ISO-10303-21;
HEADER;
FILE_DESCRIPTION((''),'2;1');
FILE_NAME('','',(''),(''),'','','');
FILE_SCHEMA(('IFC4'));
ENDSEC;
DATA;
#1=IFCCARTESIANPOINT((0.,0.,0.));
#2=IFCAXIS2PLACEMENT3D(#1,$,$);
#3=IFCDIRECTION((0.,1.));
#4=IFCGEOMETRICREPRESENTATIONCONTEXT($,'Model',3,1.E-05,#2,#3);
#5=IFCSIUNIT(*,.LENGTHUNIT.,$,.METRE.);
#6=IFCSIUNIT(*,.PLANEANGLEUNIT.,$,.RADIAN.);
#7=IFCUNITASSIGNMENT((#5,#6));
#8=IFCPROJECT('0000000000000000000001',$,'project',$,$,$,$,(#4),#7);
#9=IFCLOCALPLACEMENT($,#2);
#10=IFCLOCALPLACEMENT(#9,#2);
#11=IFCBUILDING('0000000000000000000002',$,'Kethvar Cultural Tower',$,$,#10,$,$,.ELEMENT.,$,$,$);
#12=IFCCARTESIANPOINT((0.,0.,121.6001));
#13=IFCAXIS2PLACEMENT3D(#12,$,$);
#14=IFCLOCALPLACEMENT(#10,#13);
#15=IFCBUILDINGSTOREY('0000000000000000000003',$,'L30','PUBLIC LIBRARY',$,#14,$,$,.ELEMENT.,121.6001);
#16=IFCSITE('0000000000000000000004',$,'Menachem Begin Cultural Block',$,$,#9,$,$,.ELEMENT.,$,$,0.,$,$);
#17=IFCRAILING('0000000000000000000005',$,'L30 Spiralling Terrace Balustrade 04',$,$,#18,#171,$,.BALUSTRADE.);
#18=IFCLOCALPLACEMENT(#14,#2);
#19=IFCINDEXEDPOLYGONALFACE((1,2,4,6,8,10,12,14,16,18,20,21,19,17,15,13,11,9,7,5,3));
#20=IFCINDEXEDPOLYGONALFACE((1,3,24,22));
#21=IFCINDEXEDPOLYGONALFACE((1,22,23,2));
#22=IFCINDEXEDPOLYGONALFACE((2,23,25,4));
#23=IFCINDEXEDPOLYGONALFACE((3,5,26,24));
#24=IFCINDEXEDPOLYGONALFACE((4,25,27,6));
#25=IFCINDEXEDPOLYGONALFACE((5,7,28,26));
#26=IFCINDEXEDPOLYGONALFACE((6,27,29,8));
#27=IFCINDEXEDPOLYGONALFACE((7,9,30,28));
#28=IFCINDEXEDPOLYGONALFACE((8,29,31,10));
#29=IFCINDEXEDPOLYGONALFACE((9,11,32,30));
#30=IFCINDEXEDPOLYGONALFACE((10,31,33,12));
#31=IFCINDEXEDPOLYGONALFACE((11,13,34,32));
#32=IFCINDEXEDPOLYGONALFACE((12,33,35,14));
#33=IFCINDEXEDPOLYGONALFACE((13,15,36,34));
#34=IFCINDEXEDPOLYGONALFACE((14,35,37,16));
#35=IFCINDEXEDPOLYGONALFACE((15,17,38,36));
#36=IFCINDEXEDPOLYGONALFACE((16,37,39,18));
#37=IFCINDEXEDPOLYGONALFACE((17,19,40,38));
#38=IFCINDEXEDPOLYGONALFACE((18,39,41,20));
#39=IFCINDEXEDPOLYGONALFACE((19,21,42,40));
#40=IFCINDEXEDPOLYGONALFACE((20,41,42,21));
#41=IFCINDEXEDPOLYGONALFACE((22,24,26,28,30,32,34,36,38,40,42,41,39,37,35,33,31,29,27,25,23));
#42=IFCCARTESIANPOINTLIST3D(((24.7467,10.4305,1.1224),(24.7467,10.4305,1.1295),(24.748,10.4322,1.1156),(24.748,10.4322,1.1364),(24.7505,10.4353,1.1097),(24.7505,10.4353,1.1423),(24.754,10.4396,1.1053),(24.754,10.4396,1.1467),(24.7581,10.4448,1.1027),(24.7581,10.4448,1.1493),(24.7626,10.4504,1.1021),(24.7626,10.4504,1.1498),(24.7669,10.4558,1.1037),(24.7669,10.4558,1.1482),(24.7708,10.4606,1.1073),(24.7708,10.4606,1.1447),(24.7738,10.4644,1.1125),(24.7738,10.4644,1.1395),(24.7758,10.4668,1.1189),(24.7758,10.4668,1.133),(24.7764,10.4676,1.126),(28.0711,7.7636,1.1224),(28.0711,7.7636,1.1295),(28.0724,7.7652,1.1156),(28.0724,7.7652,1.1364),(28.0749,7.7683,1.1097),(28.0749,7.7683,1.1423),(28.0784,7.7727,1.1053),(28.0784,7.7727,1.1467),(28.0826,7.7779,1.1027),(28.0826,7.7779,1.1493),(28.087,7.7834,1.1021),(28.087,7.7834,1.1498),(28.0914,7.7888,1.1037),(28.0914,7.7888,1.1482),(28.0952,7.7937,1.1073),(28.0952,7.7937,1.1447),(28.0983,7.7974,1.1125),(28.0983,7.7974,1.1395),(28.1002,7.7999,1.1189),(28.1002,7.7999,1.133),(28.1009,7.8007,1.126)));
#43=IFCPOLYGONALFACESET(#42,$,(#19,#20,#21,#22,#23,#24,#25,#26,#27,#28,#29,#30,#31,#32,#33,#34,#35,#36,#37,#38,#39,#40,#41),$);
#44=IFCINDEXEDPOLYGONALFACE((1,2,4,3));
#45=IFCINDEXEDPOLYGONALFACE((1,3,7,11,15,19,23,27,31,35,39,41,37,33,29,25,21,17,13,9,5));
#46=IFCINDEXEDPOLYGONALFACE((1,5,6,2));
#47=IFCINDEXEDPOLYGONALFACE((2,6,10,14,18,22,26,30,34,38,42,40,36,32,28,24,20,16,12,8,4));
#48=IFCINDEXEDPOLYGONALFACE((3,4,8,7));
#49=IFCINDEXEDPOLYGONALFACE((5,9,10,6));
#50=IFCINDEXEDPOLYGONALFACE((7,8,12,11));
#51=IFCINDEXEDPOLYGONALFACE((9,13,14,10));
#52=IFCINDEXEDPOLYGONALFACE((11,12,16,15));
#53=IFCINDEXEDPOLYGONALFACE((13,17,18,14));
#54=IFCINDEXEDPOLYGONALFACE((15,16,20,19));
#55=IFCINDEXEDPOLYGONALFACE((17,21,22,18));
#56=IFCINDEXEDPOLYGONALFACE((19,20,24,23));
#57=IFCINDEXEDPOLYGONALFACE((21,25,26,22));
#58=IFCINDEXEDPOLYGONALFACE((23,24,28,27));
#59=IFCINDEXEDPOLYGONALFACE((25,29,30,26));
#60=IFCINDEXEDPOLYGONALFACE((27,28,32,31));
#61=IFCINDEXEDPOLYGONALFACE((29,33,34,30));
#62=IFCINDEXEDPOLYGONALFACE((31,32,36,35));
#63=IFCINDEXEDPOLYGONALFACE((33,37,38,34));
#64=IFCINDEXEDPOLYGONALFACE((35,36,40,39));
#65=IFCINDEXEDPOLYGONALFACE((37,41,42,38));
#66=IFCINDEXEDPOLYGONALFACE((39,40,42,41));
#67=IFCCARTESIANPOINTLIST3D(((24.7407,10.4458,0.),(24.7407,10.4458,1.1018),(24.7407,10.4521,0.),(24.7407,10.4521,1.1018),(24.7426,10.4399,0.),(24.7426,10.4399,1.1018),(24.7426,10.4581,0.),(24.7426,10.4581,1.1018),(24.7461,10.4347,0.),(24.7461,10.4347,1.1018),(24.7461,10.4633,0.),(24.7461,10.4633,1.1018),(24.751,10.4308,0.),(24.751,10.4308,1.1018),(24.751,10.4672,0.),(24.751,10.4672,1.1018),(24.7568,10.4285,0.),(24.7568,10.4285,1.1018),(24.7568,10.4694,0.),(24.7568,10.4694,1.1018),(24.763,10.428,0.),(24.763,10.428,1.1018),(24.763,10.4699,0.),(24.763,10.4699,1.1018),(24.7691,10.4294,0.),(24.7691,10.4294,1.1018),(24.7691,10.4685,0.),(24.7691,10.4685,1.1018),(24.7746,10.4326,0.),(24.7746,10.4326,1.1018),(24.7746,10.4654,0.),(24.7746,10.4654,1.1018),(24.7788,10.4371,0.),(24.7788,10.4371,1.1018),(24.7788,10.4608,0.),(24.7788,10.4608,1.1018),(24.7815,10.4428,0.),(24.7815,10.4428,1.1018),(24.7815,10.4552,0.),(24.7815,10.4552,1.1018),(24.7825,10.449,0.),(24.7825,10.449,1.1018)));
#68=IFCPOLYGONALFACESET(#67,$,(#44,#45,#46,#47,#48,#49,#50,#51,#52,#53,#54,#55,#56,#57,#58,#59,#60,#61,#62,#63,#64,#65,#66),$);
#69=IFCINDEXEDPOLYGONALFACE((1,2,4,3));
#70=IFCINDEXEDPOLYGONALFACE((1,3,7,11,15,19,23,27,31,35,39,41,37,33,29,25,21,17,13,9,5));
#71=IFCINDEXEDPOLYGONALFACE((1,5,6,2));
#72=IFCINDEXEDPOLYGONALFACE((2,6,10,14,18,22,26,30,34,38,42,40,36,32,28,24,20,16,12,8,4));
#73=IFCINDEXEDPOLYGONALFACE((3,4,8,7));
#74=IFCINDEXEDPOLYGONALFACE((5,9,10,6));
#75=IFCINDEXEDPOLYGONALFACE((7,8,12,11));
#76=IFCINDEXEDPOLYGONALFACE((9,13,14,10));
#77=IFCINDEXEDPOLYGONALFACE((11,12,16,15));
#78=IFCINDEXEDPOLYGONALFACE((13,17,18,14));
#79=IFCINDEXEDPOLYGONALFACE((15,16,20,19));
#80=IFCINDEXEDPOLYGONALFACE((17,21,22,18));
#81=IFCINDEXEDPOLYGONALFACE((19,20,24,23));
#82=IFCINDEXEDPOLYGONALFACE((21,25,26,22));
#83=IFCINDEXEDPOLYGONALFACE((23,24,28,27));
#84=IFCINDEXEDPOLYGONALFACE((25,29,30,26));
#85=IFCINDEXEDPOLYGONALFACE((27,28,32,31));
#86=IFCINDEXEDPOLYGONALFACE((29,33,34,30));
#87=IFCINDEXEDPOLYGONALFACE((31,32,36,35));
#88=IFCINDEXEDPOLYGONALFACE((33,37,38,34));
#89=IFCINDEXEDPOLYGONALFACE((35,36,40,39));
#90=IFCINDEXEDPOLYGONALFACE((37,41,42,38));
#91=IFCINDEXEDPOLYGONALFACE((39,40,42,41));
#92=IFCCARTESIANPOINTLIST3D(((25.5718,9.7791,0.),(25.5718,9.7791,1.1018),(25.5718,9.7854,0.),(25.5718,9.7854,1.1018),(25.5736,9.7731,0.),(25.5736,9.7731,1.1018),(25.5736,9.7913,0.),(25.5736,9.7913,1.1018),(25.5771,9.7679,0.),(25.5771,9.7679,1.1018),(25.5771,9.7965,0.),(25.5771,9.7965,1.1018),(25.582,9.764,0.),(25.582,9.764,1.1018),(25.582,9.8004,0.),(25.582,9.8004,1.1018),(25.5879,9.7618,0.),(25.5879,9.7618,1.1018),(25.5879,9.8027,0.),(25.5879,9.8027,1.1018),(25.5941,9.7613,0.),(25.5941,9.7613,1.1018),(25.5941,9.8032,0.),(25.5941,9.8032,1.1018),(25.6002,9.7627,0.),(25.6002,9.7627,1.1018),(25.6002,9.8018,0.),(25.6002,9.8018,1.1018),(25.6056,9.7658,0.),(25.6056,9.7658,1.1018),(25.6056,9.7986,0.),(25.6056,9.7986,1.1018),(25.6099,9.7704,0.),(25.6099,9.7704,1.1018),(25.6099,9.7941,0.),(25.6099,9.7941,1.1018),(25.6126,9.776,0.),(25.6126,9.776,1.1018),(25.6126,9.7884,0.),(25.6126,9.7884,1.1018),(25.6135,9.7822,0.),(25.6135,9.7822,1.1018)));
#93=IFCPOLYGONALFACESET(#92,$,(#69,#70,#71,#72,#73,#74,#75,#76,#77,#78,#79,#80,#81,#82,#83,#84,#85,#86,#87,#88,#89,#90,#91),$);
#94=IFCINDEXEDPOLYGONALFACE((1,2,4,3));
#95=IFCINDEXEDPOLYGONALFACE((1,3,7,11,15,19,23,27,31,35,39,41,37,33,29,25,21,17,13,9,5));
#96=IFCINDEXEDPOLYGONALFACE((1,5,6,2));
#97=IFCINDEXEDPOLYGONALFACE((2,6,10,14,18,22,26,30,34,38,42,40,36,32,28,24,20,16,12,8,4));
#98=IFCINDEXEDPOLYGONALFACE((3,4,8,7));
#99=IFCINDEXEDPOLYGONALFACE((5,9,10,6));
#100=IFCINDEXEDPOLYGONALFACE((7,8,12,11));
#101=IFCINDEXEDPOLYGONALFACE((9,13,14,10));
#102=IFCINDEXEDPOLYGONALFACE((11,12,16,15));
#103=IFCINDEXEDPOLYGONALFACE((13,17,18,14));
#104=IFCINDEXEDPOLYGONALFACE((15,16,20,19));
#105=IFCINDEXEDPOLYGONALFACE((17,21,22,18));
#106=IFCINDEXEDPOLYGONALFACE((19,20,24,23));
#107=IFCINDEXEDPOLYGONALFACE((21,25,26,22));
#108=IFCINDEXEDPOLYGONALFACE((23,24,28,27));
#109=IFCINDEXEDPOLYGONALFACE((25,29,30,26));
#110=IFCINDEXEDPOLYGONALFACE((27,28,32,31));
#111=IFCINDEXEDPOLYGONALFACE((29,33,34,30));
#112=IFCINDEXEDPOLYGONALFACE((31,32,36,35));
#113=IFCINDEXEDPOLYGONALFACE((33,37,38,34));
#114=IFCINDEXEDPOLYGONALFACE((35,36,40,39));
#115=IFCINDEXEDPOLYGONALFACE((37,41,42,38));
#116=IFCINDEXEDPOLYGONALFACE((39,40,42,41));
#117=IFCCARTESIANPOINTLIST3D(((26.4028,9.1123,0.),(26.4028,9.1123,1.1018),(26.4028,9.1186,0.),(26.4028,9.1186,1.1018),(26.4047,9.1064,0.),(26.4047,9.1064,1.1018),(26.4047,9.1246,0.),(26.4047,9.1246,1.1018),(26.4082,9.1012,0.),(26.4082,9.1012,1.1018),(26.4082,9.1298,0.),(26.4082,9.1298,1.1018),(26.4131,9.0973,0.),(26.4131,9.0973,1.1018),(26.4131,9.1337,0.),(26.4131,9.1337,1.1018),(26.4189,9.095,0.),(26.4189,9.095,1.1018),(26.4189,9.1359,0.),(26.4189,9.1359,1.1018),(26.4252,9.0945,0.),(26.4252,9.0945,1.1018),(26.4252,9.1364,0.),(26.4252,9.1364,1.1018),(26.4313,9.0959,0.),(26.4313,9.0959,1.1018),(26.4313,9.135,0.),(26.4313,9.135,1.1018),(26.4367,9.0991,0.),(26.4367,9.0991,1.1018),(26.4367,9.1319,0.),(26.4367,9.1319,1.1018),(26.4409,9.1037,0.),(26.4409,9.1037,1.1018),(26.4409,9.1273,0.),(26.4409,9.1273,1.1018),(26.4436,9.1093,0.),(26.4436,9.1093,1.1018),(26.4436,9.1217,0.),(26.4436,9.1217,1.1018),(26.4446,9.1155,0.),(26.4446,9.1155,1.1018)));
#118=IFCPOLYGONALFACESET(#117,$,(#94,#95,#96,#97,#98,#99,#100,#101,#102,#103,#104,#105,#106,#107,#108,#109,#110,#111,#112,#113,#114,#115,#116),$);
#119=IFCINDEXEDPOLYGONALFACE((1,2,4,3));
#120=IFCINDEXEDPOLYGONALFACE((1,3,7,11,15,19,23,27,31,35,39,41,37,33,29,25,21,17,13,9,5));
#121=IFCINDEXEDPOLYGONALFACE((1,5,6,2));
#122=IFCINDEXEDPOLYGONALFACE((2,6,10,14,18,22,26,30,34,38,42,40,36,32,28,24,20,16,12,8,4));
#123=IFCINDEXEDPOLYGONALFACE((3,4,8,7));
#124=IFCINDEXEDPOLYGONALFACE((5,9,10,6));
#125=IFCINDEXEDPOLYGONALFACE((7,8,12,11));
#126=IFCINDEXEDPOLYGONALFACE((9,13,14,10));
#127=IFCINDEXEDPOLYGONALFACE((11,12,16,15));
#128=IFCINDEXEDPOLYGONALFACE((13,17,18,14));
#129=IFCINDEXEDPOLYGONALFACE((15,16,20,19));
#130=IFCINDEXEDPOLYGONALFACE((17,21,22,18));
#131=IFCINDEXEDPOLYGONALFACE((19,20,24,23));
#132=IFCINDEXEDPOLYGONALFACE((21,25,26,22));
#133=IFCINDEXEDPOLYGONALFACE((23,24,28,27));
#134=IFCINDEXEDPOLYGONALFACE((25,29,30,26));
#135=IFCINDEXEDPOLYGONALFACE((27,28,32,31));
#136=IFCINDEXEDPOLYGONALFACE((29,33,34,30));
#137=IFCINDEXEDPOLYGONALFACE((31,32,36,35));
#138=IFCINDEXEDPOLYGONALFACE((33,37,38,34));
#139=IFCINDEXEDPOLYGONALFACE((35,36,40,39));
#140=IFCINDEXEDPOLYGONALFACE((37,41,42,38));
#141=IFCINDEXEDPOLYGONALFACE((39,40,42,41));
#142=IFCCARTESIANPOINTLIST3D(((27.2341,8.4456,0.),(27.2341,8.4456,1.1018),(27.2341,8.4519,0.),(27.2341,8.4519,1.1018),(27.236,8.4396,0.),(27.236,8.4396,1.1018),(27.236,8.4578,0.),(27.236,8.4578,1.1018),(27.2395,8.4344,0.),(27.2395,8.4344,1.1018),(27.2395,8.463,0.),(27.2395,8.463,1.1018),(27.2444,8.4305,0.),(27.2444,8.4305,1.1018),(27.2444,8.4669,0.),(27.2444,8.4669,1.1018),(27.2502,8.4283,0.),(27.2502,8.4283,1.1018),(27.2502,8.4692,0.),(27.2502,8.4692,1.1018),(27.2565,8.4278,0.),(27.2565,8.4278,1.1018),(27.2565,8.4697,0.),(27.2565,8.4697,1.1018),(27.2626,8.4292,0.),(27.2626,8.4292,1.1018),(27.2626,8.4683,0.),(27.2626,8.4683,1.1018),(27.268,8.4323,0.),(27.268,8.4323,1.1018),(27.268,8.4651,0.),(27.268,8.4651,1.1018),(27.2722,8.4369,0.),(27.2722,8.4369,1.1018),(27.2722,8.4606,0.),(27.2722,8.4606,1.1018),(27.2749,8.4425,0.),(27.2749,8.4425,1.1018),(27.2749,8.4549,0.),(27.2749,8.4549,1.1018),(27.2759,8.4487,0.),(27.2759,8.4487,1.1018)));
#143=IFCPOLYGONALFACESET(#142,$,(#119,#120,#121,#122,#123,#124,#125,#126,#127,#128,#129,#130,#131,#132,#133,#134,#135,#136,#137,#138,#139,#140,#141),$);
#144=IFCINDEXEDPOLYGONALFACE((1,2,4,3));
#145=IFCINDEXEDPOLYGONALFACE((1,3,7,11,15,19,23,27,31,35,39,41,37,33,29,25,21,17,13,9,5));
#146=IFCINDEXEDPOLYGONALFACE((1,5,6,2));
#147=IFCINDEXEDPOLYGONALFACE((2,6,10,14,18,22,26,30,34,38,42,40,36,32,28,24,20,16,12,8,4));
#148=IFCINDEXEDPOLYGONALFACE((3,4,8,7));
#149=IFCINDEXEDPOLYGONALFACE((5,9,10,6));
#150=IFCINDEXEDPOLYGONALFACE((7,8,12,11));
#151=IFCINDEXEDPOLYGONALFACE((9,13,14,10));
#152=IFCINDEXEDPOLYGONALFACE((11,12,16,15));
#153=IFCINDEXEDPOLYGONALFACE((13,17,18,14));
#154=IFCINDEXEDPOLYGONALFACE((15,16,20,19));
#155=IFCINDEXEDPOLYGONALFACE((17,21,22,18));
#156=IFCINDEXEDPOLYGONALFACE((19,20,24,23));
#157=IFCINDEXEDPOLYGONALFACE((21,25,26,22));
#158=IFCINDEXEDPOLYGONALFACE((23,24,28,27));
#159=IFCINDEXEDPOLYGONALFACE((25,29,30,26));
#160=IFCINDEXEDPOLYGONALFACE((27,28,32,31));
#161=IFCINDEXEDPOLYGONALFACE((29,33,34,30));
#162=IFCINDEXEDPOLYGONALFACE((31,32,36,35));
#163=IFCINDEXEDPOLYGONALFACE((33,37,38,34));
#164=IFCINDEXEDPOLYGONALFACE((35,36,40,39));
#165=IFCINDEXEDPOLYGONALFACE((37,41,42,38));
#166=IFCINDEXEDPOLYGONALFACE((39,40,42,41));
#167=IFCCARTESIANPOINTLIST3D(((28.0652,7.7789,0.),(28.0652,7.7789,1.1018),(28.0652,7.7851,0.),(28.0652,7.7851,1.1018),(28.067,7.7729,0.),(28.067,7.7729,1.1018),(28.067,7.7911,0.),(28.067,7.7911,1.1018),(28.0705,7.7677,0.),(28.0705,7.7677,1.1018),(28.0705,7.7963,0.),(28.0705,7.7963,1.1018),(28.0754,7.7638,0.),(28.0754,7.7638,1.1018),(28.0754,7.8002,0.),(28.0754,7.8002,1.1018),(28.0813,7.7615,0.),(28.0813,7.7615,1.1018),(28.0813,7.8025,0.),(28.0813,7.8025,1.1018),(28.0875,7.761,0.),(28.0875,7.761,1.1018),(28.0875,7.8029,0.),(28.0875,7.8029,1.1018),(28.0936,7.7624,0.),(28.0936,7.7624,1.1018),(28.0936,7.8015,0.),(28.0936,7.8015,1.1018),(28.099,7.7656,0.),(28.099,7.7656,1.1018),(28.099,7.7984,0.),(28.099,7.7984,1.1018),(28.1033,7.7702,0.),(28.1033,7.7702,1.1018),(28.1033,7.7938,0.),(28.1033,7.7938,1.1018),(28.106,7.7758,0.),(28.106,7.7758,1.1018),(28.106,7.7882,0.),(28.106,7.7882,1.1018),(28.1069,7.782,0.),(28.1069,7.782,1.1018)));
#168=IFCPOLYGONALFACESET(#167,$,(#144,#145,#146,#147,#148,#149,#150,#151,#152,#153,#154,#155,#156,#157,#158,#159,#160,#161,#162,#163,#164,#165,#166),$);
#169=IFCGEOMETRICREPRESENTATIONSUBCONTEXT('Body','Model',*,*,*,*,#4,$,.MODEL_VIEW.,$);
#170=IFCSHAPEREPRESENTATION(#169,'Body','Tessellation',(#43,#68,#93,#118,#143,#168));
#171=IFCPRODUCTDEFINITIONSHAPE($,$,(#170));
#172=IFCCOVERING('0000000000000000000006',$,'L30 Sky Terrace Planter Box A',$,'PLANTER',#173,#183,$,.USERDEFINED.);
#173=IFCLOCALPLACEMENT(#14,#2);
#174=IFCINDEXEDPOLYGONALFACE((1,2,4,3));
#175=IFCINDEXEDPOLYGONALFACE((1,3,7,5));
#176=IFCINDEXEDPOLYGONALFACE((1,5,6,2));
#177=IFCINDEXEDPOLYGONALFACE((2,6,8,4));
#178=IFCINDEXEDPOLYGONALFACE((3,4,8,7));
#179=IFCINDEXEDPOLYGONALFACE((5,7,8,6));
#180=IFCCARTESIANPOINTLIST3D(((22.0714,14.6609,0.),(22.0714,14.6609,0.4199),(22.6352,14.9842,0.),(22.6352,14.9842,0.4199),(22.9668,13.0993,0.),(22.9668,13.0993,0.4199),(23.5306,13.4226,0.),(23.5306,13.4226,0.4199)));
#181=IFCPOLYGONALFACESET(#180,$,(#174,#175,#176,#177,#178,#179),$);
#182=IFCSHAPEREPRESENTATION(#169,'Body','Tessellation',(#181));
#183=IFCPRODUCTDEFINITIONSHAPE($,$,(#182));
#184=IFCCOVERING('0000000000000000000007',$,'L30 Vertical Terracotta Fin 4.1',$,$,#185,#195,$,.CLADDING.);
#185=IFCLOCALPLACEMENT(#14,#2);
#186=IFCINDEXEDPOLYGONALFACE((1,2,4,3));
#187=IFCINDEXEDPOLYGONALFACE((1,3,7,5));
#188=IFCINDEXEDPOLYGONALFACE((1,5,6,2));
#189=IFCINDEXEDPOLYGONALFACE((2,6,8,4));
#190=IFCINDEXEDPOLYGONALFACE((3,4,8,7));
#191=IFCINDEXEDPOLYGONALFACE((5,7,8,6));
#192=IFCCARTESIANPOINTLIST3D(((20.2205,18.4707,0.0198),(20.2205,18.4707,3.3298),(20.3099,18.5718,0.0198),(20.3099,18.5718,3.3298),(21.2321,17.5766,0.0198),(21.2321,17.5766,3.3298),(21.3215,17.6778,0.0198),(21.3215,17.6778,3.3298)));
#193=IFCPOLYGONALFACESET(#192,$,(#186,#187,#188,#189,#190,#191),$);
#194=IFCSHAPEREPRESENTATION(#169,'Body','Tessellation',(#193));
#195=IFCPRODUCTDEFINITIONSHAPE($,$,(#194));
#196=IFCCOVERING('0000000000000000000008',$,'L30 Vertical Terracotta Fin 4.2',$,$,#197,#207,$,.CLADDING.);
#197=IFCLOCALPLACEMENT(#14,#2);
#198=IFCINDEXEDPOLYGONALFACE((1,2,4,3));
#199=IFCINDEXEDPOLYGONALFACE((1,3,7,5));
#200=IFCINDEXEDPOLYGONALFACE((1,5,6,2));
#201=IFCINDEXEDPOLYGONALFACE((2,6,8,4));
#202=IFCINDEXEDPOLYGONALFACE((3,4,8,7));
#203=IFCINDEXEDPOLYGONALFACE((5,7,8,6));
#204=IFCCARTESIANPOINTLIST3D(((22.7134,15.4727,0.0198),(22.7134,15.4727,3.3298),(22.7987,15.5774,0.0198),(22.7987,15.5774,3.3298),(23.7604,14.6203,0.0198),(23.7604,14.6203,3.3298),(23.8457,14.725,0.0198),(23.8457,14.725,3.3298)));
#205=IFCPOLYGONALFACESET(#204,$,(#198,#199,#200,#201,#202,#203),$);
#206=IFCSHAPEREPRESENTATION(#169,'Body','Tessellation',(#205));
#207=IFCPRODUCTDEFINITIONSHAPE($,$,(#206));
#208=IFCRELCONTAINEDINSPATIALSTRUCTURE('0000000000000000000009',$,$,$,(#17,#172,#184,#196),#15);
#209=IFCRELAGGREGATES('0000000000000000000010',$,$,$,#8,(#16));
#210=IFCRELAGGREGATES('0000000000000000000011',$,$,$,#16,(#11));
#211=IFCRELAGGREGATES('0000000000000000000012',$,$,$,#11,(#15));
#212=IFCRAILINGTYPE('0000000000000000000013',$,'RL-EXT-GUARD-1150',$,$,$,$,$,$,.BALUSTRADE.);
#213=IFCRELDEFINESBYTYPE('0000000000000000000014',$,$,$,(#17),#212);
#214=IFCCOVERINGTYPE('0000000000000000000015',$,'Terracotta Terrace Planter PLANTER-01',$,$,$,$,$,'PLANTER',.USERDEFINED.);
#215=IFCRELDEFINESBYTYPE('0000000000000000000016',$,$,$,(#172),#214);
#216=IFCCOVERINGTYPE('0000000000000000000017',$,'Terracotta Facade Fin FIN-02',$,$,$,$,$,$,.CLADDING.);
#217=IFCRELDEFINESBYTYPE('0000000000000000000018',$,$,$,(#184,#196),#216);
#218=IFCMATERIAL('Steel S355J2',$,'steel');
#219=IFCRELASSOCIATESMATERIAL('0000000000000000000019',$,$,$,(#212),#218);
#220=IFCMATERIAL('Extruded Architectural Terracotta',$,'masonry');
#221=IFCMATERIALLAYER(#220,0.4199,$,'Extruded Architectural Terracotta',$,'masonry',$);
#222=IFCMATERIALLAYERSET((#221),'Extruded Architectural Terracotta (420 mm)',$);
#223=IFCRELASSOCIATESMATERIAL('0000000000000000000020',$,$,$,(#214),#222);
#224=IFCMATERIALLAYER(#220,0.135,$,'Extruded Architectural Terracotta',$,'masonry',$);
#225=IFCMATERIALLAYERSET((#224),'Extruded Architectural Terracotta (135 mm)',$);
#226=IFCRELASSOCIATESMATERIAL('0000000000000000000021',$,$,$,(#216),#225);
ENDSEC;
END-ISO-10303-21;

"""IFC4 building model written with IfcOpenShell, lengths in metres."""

from ifc_helpers import new_model, si_unit, direction, frame, origin, origin_2d, place, context, subcontext, project, spatial, rectangle, circle, extrude, source, transform, mapped, material, layer, layer_set, type_object, element, save


model = new_model("IFC4")

# Units and contexts
model_context = context("Model", 3, precision=1e-05, world=origin(), true_north=direction((0.0, 1.0)))
body_context = subcontext(model_context, "Body", "Model", "MODEL_VIEW")
ifc_project = project(units=[si_unit("LENGTHUNIT", "METRE"), si_unit("PLANEANGLEUNIT", "RADIAN")], contexts=[model_context])

# Site, building, storey
site_placement = place(None, origin())
site = spatial("IfcSite", under=ifc_project, at=site_placement, Name="Menachem Begin Cultural Block", CompositionType="ELEMENT", RefElevation=0.0)
building_placement = place(site_placement, origin())
building = spatial("IfcBuilding", under=site, at=building_placement, Name="Kethvar Cultural Tower", CompositionType="ELEMENT")
storey_placement = place(building_placement, frame((0.0, 0.0, 121.6001)))
storey = spatial("IfcBuildingStorey", under=building, at=storey_placement, Name="L30", Description="PUBLIC LIBRARY", CompositionType="ELEMENT", Elevation=121.6001)

# Shared definitions
ifc_material_1 = material(Name="Steel S355J2", Category="steel")

# Railing
railing_type = type_object("IfcRailingType", Name="RL-EXT-GUARD-1150", PredefinedType="BALUSTRADE", material=ifc_material_1)
railing_1_placement = place(storey_placement, frame((24.7615, 10.449, 0.0)))
element("IfcRailing", 1, at=railing_1_placement, inside=storey, type_object=railing_type, Name="L30 Spiralling Terrace Balustrade 04", PredefinedType="BALUSTRADE", context=body_context, shape_type="SweptSolid", body=[
    extrude(circle(Radius=0.0239, at=origin_2d()), frame((0.0, 0.0, 1.126), z_axis=(0.780019, -0.625756, 0.0), x_axis=(0.625756, 0.780019, 0.0)), (0.0, 0.0, 1.0), 4.262),
    extrude(circle(Radius=0.021, at=origin_2d()), origin(), (0.0, 0.0, 1.0), 1.1018),
    extrude(circle(Radius=0.021, at=origin_2d()), frame((0.8311, -0.6667, 0.0)), (0.0, 0.0, 1.0), 1.1018),
    extrude(circle(Radius=0.021, at=origin_2d()), frame((1.6621, -1.3335, 0.0)), (0.0, 0.0, 1.0), 1.1018),
    extrude(circle(Radius=0.021, at=origin_2d()), frame((2.4934, -2.0002, 0.0)), (0.0, 0.0, 1.0), 1.1018),
    extrude(circle(Radius=0.021, at=origin_2d()), frame((3.3245, -2.667, 0.0)), (0.0, 0.0, 1.0), 1.1018),
])

# Coverings
ifc_material_2 = material(Name="Extruded Architectural Terracotta", Category="masonry")
ifc_layer_1 = layer(ifc_material_2, 0.4199, Name="Extruded Architectural Terracotta", Category="masonry")
ifc_layer_set_1 = layer_set([ifc_layer_1], Name="Extruded Architectural Terracotta (420 mm)")
covering_type_1 = type_object("IfcCoveringType", Name="Terracotta Terrace Planter PLANTER-01", ElementType="PLANTER", PredefinedType="USERDEFINED", material=ifc_layer_set_1)
shared_shape_1 = source(origin(), body_context, "Body", "SweptSolid", [
    extrude(rectangle(XDim=1.8, YDim=0.6499, at=origin_2d()), origin(), (0.0, 0.0, 1.0), 0.4199),
])
covering_placement = place(storey_placement, frame((22.801, 14.0417, 0.0), z_axis=(0.0, 0.0, 1.0), x_axis=(0.497428, -0.867505, 0.0)))
element("IfcCovering", 2, at=covering_placement, inside=storey, type_object=covering_type_1, Name="L30 Sky Terrace Planter Box A", ObjectType="PLANTER", PredefinedType="USERDEFINED", context=body_context, shape_type="MappedRepresentation", body=[
    mapped(shared_shape_1, transform((0.0, 0.0, 0.0), scale=1.0)),
])
ifc_layer_2 = layer(ifc_material_2, 0.135, Name="Extruded Architectural Terracotta", Category="masonry")
ifc_layer_set_2 = layer_set([ifc_layer_2], Name="Extruded Architectural Terracotta (135 mm)")
covering_type_2 = type_object("IfcCoveringType", Name="Terracotta Facade Fin FIN-02", PredefinedType="CLADDING", material=ifc_layer_set_2)
shared_shape_2 = source(origin(), body_context, "Body", "SweptSolid", [
    extrude(rectangle(XDim=1.3501, YDim=0.135, at=origin_2d()), origin(), (0.0, 0.0, 1.0), 3.3101),
])
for number, where, z_axis, x_axis, name in (
    (3, (20.771, 18.0742, 0.0198), (0.0, 0.0, 1.0), (-0.749303, 0.662228, 0.0), "L30 Vertical Terracotta Fin 4.1"),
    (4, (23.2795, 15.0989, 0.0198), (0.0, 0.0, 1.0), (-0.775496, 0.631353, 0.0), "L30 Vertical Terracotta Fin 4.2"),
):
    element("IfcCovering", number, at=place(storey_placement, frame(where, z_axis=z_axis, x_axis=x_axis)), inside=storey, type_object=covering_type_2, Name=name, PredefinedType="CLADDING", context=body_context, shape_type="MappedRepresentation", body=[
        mapped(shared_shape_2, transform((0.0, 0.0, 0.0), scale=1.0)),
    ])

save(model, "model.ifc")
